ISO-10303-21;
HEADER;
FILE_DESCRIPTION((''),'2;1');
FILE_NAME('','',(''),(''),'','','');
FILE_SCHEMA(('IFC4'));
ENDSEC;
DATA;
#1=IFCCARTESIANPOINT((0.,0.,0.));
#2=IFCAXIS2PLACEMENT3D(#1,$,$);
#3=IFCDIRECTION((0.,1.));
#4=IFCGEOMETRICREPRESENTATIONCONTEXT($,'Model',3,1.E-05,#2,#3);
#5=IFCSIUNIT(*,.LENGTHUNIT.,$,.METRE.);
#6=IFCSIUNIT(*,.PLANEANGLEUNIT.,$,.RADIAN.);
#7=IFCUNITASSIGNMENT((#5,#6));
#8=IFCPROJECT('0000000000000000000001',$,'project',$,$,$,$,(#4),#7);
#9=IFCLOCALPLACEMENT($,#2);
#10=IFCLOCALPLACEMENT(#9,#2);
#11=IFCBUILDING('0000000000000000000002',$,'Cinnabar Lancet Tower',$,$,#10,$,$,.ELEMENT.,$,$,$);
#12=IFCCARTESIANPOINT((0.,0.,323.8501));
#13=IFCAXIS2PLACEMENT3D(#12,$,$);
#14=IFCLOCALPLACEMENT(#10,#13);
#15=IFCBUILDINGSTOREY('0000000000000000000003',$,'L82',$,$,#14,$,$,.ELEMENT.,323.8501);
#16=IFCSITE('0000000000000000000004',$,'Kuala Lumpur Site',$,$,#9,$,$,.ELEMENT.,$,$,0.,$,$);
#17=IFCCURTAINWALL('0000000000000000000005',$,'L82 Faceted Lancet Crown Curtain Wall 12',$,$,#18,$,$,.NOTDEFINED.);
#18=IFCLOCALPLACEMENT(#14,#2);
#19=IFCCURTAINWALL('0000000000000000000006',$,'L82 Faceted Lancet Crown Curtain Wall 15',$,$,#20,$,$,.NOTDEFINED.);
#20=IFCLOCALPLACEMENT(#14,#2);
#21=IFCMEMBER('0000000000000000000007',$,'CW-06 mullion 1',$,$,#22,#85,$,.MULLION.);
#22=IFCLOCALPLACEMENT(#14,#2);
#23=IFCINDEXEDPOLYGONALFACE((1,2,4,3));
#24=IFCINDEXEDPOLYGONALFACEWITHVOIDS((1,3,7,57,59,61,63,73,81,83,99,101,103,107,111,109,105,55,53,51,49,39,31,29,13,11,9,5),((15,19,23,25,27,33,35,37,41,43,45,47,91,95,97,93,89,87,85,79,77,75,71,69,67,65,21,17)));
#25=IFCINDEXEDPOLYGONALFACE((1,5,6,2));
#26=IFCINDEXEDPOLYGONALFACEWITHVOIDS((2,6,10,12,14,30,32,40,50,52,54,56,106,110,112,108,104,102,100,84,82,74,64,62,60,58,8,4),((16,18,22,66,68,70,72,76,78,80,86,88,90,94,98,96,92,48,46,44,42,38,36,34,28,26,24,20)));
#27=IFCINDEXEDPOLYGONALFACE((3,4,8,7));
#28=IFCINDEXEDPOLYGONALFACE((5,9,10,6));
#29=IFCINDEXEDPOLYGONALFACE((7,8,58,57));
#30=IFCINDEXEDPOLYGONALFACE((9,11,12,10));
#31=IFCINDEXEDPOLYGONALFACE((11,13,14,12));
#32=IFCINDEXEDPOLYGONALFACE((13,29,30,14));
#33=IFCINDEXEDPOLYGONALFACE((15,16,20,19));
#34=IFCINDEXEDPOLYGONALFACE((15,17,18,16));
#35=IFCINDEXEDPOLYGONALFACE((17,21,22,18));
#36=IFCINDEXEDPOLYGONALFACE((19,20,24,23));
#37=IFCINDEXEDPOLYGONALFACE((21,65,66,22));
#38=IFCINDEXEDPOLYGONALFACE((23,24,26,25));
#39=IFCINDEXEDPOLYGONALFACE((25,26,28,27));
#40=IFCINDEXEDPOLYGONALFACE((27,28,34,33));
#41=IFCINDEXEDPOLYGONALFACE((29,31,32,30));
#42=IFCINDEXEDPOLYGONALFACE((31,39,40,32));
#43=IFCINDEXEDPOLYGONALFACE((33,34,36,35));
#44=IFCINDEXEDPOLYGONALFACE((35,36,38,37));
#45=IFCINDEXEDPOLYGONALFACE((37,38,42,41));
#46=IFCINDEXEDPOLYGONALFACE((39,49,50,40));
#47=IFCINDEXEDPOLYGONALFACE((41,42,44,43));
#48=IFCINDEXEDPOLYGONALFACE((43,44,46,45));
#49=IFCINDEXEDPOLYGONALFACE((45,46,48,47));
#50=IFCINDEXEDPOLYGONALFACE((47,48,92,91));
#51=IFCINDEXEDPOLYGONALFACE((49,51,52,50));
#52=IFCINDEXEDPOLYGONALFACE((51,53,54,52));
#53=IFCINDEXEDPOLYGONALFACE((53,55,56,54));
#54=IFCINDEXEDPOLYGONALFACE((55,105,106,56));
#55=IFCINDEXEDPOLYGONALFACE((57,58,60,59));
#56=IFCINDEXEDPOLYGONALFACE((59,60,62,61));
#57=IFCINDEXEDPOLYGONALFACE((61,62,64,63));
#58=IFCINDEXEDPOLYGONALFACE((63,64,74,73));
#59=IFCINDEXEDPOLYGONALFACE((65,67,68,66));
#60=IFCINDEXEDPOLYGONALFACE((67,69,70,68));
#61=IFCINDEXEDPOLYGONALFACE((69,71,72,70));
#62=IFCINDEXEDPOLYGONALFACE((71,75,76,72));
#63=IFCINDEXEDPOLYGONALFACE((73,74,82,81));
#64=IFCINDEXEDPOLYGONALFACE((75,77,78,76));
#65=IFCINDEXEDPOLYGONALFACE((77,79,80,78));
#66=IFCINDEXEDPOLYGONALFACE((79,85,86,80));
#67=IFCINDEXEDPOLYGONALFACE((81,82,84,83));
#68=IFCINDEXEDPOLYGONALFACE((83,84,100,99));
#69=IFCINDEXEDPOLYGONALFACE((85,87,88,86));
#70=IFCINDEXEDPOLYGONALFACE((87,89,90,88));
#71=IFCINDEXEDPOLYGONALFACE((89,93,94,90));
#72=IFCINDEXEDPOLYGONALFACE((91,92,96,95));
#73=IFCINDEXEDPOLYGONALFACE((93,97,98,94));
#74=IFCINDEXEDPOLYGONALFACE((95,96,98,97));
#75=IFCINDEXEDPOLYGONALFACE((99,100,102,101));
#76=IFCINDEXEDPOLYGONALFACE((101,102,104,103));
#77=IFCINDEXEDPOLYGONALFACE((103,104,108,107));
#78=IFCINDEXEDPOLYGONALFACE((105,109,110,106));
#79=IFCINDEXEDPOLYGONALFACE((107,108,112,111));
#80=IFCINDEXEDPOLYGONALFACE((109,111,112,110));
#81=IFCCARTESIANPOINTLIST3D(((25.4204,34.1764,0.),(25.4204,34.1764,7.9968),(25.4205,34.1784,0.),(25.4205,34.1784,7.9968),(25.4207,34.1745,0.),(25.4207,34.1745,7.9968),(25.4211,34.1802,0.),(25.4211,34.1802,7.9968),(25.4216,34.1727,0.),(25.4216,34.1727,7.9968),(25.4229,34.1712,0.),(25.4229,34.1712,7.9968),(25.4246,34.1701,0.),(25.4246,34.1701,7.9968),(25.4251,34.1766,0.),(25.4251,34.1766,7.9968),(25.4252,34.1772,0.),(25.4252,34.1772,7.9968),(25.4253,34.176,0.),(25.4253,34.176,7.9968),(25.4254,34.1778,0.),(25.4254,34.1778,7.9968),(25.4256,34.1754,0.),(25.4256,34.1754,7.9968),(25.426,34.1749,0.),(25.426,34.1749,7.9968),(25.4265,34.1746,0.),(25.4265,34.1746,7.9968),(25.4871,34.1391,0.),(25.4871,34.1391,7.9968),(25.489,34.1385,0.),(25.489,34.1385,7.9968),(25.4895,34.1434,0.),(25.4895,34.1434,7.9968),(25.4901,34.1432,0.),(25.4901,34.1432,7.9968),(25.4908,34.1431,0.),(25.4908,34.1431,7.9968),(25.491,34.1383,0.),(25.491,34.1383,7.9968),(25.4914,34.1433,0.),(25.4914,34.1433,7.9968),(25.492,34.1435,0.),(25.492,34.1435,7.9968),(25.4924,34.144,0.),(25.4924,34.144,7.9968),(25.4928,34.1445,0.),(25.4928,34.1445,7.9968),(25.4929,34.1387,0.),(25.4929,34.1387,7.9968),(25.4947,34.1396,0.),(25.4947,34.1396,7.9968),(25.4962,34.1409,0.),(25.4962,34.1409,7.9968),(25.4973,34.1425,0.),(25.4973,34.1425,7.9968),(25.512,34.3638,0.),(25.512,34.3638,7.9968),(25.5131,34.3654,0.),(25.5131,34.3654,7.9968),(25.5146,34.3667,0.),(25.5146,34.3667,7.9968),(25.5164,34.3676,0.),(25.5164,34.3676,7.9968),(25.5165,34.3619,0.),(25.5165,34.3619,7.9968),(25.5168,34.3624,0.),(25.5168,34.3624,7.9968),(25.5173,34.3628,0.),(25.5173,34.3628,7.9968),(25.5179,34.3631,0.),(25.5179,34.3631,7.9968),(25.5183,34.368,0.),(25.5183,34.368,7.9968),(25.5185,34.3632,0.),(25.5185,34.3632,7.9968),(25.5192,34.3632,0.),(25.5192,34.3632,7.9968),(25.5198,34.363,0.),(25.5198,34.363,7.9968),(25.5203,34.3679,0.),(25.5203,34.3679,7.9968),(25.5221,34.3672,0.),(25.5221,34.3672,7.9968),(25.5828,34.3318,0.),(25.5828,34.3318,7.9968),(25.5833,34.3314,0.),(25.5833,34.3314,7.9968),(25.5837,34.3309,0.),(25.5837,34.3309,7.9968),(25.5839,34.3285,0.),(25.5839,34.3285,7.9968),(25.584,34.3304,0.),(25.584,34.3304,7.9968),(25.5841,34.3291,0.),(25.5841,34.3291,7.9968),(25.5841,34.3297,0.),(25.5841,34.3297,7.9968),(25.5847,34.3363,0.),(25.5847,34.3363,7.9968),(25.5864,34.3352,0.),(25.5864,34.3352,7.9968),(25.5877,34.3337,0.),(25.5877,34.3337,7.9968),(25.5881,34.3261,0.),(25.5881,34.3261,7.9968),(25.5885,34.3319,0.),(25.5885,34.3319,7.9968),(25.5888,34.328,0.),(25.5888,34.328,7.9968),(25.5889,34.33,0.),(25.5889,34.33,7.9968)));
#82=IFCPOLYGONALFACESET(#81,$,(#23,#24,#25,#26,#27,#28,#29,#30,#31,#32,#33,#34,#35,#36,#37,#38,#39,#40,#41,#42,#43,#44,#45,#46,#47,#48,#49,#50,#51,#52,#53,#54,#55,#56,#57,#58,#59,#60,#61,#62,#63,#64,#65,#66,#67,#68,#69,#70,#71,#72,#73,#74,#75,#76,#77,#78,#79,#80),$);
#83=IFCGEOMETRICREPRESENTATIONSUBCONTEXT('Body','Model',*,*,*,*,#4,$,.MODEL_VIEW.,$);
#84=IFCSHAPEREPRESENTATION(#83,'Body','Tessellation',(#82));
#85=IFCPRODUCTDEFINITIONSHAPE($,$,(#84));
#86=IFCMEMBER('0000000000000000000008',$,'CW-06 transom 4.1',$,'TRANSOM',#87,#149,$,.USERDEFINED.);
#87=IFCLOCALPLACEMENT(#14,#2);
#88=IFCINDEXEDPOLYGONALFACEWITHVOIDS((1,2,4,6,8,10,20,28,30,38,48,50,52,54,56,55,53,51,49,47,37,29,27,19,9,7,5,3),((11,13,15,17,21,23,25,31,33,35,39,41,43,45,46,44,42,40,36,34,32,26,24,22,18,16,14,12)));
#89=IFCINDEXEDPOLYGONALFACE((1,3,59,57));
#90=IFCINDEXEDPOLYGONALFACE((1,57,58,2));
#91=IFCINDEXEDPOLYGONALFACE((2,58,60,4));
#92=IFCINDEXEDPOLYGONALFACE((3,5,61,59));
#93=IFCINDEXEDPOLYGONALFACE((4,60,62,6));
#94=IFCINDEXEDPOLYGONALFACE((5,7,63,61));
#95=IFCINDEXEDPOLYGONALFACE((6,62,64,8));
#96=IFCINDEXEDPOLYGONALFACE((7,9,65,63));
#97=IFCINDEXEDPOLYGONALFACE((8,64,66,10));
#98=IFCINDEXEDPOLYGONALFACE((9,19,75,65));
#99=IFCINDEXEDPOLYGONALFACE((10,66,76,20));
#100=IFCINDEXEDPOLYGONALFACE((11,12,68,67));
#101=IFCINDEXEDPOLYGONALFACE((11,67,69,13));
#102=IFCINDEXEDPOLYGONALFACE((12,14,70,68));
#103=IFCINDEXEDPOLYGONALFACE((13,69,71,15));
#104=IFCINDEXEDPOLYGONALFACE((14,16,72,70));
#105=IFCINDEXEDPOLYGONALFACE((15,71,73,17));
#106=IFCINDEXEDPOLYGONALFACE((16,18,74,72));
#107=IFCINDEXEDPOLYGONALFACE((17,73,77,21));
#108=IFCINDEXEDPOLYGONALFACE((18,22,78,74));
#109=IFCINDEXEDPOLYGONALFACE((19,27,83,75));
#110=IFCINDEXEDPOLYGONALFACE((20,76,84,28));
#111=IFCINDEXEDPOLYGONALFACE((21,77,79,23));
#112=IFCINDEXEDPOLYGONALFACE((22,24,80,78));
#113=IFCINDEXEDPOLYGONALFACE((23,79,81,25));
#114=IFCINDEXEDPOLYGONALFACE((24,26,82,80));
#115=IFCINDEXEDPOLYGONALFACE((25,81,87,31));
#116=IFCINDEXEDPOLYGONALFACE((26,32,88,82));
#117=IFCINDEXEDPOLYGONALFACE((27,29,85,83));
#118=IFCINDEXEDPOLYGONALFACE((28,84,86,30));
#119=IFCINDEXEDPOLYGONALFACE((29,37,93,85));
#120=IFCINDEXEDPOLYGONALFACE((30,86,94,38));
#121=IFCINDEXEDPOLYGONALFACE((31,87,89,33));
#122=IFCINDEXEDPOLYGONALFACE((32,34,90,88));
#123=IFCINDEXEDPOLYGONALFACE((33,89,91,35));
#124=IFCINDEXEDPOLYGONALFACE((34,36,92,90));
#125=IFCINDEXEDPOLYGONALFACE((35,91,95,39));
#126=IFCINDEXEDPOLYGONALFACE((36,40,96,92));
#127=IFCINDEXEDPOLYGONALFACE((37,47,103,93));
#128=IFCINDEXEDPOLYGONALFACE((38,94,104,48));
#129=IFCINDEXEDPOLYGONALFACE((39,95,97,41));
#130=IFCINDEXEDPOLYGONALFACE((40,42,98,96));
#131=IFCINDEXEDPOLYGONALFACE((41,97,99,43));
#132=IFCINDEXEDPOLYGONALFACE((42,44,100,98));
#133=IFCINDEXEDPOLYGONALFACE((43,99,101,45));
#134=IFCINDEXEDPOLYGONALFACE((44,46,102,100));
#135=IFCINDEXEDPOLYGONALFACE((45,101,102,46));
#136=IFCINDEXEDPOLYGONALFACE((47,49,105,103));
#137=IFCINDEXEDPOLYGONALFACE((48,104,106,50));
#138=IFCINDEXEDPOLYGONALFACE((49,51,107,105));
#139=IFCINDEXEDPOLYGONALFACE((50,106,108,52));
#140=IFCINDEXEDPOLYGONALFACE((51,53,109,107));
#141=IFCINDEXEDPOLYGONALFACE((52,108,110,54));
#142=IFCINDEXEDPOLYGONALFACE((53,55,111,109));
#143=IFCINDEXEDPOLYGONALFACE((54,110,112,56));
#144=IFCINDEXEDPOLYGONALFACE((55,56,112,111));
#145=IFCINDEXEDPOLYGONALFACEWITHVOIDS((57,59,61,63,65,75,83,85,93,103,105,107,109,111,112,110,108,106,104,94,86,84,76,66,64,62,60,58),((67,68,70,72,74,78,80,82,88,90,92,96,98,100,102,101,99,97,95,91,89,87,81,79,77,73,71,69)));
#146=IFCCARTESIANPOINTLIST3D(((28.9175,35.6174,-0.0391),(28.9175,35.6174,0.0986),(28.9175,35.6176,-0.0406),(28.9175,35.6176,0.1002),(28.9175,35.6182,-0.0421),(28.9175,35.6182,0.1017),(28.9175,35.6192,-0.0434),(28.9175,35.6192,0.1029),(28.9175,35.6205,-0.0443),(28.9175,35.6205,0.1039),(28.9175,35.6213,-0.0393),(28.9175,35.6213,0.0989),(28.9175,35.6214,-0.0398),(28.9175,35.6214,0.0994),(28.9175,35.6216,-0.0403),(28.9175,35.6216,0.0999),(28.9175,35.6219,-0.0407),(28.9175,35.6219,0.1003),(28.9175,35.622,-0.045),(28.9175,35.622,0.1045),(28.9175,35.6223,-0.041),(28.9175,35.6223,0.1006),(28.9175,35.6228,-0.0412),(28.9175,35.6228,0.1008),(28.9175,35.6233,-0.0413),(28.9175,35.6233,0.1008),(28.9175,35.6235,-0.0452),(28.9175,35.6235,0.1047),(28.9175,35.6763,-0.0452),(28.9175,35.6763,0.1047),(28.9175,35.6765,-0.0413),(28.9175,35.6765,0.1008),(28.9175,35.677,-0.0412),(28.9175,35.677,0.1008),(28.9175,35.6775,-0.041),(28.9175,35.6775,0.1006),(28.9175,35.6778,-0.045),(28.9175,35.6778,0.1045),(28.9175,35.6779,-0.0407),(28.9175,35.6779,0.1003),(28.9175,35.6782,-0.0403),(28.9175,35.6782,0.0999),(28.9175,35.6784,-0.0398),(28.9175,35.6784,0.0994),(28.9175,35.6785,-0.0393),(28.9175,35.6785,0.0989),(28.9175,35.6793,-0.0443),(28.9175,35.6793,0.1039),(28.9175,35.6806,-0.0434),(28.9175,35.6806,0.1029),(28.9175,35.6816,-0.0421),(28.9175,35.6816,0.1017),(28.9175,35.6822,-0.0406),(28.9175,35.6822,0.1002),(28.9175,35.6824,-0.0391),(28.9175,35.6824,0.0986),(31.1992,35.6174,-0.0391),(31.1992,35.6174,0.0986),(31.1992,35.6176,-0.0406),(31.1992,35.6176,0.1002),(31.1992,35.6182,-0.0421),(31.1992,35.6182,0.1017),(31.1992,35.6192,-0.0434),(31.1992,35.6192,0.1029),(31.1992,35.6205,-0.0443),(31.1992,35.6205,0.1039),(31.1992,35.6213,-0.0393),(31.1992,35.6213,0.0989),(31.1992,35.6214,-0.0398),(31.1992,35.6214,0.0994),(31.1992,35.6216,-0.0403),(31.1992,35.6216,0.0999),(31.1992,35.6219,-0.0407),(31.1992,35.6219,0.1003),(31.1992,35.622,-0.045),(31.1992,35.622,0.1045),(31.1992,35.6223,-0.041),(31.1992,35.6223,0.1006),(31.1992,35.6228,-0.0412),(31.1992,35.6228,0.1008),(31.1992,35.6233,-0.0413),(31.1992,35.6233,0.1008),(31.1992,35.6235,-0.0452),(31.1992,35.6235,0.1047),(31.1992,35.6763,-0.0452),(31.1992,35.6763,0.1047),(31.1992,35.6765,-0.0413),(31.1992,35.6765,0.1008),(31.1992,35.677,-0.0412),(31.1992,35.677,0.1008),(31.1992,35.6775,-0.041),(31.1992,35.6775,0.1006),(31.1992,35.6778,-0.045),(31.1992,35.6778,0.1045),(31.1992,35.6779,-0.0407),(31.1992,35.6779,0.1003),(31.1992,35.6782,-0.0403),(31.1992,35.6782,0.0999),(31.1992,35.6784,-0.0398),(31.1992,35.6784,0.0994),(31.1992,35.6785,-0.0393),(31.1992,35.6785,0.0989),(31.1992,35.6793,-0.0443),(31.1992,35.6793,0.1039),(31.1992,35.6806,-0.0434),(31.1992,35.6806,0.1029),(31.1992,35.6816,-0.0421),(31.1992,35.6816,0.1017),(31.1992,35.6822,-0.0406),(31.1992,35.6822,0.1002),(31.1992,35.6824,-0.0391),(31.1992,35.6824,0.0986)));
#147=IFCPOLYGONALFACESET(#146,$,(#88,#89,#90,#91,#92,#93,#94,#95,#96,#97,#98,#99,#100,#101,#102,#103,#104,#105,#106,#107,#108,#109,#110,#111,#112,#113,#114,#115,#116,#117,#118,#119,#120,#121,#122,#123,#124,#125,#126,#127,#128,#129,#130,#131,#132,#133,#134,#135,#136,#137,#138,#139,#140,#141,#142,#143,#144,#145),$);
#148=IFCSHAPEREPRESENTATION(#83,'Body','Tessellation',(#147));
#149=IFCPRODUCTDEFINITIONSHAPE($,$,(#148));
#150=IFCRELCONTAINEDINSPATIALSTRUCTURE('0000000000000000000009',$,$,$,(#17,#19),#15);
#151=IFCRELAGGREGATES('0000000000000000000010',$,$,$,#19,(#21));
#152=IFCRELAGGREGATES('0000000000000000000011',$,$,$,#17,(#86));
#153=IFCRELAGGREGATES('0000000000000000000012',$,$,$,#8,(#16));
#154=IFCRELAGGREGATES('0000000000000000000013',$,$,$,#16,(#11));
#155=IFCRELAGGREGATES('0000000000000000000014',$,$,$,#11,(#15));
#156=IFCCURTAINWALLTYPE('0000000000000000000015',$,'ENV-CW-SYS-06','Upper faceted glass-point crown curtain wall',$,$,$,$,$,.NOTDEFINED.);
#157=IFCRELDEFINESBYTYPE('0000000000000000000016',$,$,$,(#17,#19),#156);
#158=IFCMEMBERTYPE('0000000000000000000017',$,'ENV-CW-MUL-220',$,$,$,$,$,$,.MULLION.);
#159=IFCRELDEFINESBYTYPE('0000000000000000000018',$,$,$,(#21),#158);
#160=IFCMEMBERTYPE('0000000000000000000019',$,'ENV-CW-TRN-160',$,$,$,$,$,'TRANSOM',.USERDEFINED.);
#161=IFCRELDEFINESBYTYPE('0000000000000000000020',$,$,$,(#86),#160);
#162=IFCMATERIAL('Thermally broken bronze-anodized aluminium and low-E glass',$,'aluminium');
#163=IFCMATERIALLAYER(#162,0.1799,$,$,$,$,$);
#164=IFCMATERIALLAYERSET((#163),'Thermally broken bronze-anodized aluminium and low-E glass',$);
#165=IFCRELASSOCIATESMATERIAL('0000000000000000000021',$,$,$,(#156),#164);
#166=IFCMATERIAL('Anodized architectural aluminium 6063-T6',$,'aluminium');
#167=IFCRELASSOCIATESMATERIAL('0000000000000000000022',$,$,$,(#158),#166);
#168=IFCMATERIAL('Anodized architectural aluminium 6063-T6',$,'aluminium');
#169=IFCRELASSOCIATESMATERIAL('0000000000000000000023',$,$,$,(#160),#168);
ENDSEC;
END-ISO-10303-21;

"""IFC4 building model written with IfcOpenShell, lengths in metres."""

from ifc_helpers import new_model, si_unit, direction, frame, origin, origin_2d, place, context, subcontext, project, spatial, hollow_rectangle, extrude, material, layer, layer_set, material_profile, profile_set, type_object, element, aggregate, save


model = new_model("IFC4")

# Units and contexts
model_context = context("Model", 3, precision=1e-05, world=origin(), true_north=direction((0.0, 1.0)))
body_context = subcontext(model_context, "Body", "Model", "MODEL_VIEW")
ifc_project = project(units=[si_unit("LENGTHUNIT", "METRE"), si_unit("PLANEANGLEUNIT", "RADIAN")], contexts=[model_context])

# Site, building, storey
site_placement = place(None, origin())
site = spatial("IfcSite", under=ifc_project, at=site_placement, Name="Kuala Lumpur Site", CompositionType="ELEMENT", RefElevation=0.0)
building_placement = place(site_placement, origin())
building = spatial("IfcBuilding", under=site, at=building_placement, Name="Cinnabar Lancet Tower", CompositionType="ELEMENT")
storey_placement = place(building_placement, frame((0.0, 0.0, 323.8501)))
storey = spatial("IfcBuildingStorey", under=building, at=storey_placement, Name="L82", CompositionType="ELEMENT", Elevation=323.8501)

# Curtain wall
ifc_material_1 = material(Name="Thermally broken bronze-anodized aluminium and low-E glass", Category="aluminium")
ifc_layer_1 = layer(ifc_material_1, 0.1799)
ifc_layer_set_1 = layer_set([ifc_layer_1], Name="Thermally broken bronze-anodized aluminium and low-E glass")
curtain_wall_type = type_object("IfcCurtainWallType", Name="ENV-CW-SYS-06", Description="Upper faceted glass-point crown curtain wall", PredefinedType="NOTDEFINED", material=ifc_layer_set_1)
curtain_wall_1_placement = place(storey_placement, origin())
curtain_wall_1 = element("IfcCurtainWall", 1, at=curtain_wall_1_placement, inside=storey, type_object=curtain_wall_type, Name="L82 Faceted Lancet Crown Curtain Wall 12", PredefinedType="NOTDEFINED")
ifc_material_2 = material(Name="Anodized architectural aluminium 6063-T6", Category="aluminium")
ifc_material_profile_1 = material_profile(ifc_material_2, hollow_rectangle(XDim=0.085, YDim=0.22, WallThickness=0.0049, InnerFilletRadius=0.0024, OuterFilletRadius=0.0076, at=origin_2d()), Name="CW-MUL 220x85x5")
ifc_profile_set_1 = profile_set([ifc_material_profile_1], Name="Anodized architectural aluminium 6063-T6")
member_type_1 = type_object("IfcMemberType", Name="ENV-CW-MUL-220", PredefinedType="MULLION", material=ifc_profile_set_1)

# Curtain wall, member
curtain_wall_2_placement = place(storey_placement, origin())
curtain_wall_2 = element("IfcCurtainWall", 2, at=curtain_wall_2_placement, inside=storey, type_object=curtain_wall_type, Name="L82 Faceted Lancet Crown Curtain Wall 15", PredefinedType="NOTDEFINED")
member_1_placement = place(storey_placement, frame((25.5046, 34.2532, 0.0), z_axis=(0.0, 0.0, 1.0), x_axis=(0.896197, -0.443657, 0.0)))
member_1 = element("IfcMember", 3, at=member_1_placement, type_object=member_type_1, Name="CW-06 mullion 1", PredefinedType="MULLION", context=body_context, shape_type="SweptSolid", body=[
    extrude(hollow_rectangle(XDim=0.085, YDim=0.22, WallThickness=0.0049, InnerFilletRadius=0.0024, OuterFilletRadius=0.0076, at=origin_2d()), origin(), (0.0, 0.0, 1.0), 7.9968),
])

# Member
ifc_material_3 = material(Name="Anodized architectural aluminium 6063-T6", Category="aluminium")
ifc_material_profile_2 = material_profile(ifc_material_3, hollow_rectangle(XDim=0.0649, YDim=0.1499, WallThickness=0.0039, InnerFilletRadius=0.002, OuterFilletRadius=0.0061, at=origin_2d()), Name="CW-TRN 150x65x4")
ifc_profile_set_2 = profile_set([ifc_material_profile_2], Name="Anodized architectural aluminium 6063-T6")
member_type_2 = type_object("IfcMemberType", Name="ENV-CW-TRN-160", ElementType="TRANSOM", PredefinedType="USERDEFINED", material=ifc_profile_set_2)
member_2_placement = place(storey_placement, frame((31.1992, 35.6499, 0.0298), z_axis=(-1.0, 0.0, 0.0), x_axis=(0.0, -1.0, 0.0)))
member_2 = element("IfcMember", 4, at=member_2_placement, type_object=member_type_2, Name="CW-06 transom 4.1", ObjectType="TRANSOM", PredefinedType="USERDEFINED", context=body_context, shape_type="SweptSolid", body=[
    extrude(hollow_rectangle(XDim=0.0649, YDim=0.1499, WallThickness=0.0039, InnerFilletRadius=0.002, OuterFilletRadius=0.0061, at=origin_2d()), origin(), (0.0, 0.0, 1.0), 2.2817),
])
aggregate(curtain_wall_2, [member_1])

aggregate(curtain_wall_1, [member_2])

save(model, "model.ifc")
